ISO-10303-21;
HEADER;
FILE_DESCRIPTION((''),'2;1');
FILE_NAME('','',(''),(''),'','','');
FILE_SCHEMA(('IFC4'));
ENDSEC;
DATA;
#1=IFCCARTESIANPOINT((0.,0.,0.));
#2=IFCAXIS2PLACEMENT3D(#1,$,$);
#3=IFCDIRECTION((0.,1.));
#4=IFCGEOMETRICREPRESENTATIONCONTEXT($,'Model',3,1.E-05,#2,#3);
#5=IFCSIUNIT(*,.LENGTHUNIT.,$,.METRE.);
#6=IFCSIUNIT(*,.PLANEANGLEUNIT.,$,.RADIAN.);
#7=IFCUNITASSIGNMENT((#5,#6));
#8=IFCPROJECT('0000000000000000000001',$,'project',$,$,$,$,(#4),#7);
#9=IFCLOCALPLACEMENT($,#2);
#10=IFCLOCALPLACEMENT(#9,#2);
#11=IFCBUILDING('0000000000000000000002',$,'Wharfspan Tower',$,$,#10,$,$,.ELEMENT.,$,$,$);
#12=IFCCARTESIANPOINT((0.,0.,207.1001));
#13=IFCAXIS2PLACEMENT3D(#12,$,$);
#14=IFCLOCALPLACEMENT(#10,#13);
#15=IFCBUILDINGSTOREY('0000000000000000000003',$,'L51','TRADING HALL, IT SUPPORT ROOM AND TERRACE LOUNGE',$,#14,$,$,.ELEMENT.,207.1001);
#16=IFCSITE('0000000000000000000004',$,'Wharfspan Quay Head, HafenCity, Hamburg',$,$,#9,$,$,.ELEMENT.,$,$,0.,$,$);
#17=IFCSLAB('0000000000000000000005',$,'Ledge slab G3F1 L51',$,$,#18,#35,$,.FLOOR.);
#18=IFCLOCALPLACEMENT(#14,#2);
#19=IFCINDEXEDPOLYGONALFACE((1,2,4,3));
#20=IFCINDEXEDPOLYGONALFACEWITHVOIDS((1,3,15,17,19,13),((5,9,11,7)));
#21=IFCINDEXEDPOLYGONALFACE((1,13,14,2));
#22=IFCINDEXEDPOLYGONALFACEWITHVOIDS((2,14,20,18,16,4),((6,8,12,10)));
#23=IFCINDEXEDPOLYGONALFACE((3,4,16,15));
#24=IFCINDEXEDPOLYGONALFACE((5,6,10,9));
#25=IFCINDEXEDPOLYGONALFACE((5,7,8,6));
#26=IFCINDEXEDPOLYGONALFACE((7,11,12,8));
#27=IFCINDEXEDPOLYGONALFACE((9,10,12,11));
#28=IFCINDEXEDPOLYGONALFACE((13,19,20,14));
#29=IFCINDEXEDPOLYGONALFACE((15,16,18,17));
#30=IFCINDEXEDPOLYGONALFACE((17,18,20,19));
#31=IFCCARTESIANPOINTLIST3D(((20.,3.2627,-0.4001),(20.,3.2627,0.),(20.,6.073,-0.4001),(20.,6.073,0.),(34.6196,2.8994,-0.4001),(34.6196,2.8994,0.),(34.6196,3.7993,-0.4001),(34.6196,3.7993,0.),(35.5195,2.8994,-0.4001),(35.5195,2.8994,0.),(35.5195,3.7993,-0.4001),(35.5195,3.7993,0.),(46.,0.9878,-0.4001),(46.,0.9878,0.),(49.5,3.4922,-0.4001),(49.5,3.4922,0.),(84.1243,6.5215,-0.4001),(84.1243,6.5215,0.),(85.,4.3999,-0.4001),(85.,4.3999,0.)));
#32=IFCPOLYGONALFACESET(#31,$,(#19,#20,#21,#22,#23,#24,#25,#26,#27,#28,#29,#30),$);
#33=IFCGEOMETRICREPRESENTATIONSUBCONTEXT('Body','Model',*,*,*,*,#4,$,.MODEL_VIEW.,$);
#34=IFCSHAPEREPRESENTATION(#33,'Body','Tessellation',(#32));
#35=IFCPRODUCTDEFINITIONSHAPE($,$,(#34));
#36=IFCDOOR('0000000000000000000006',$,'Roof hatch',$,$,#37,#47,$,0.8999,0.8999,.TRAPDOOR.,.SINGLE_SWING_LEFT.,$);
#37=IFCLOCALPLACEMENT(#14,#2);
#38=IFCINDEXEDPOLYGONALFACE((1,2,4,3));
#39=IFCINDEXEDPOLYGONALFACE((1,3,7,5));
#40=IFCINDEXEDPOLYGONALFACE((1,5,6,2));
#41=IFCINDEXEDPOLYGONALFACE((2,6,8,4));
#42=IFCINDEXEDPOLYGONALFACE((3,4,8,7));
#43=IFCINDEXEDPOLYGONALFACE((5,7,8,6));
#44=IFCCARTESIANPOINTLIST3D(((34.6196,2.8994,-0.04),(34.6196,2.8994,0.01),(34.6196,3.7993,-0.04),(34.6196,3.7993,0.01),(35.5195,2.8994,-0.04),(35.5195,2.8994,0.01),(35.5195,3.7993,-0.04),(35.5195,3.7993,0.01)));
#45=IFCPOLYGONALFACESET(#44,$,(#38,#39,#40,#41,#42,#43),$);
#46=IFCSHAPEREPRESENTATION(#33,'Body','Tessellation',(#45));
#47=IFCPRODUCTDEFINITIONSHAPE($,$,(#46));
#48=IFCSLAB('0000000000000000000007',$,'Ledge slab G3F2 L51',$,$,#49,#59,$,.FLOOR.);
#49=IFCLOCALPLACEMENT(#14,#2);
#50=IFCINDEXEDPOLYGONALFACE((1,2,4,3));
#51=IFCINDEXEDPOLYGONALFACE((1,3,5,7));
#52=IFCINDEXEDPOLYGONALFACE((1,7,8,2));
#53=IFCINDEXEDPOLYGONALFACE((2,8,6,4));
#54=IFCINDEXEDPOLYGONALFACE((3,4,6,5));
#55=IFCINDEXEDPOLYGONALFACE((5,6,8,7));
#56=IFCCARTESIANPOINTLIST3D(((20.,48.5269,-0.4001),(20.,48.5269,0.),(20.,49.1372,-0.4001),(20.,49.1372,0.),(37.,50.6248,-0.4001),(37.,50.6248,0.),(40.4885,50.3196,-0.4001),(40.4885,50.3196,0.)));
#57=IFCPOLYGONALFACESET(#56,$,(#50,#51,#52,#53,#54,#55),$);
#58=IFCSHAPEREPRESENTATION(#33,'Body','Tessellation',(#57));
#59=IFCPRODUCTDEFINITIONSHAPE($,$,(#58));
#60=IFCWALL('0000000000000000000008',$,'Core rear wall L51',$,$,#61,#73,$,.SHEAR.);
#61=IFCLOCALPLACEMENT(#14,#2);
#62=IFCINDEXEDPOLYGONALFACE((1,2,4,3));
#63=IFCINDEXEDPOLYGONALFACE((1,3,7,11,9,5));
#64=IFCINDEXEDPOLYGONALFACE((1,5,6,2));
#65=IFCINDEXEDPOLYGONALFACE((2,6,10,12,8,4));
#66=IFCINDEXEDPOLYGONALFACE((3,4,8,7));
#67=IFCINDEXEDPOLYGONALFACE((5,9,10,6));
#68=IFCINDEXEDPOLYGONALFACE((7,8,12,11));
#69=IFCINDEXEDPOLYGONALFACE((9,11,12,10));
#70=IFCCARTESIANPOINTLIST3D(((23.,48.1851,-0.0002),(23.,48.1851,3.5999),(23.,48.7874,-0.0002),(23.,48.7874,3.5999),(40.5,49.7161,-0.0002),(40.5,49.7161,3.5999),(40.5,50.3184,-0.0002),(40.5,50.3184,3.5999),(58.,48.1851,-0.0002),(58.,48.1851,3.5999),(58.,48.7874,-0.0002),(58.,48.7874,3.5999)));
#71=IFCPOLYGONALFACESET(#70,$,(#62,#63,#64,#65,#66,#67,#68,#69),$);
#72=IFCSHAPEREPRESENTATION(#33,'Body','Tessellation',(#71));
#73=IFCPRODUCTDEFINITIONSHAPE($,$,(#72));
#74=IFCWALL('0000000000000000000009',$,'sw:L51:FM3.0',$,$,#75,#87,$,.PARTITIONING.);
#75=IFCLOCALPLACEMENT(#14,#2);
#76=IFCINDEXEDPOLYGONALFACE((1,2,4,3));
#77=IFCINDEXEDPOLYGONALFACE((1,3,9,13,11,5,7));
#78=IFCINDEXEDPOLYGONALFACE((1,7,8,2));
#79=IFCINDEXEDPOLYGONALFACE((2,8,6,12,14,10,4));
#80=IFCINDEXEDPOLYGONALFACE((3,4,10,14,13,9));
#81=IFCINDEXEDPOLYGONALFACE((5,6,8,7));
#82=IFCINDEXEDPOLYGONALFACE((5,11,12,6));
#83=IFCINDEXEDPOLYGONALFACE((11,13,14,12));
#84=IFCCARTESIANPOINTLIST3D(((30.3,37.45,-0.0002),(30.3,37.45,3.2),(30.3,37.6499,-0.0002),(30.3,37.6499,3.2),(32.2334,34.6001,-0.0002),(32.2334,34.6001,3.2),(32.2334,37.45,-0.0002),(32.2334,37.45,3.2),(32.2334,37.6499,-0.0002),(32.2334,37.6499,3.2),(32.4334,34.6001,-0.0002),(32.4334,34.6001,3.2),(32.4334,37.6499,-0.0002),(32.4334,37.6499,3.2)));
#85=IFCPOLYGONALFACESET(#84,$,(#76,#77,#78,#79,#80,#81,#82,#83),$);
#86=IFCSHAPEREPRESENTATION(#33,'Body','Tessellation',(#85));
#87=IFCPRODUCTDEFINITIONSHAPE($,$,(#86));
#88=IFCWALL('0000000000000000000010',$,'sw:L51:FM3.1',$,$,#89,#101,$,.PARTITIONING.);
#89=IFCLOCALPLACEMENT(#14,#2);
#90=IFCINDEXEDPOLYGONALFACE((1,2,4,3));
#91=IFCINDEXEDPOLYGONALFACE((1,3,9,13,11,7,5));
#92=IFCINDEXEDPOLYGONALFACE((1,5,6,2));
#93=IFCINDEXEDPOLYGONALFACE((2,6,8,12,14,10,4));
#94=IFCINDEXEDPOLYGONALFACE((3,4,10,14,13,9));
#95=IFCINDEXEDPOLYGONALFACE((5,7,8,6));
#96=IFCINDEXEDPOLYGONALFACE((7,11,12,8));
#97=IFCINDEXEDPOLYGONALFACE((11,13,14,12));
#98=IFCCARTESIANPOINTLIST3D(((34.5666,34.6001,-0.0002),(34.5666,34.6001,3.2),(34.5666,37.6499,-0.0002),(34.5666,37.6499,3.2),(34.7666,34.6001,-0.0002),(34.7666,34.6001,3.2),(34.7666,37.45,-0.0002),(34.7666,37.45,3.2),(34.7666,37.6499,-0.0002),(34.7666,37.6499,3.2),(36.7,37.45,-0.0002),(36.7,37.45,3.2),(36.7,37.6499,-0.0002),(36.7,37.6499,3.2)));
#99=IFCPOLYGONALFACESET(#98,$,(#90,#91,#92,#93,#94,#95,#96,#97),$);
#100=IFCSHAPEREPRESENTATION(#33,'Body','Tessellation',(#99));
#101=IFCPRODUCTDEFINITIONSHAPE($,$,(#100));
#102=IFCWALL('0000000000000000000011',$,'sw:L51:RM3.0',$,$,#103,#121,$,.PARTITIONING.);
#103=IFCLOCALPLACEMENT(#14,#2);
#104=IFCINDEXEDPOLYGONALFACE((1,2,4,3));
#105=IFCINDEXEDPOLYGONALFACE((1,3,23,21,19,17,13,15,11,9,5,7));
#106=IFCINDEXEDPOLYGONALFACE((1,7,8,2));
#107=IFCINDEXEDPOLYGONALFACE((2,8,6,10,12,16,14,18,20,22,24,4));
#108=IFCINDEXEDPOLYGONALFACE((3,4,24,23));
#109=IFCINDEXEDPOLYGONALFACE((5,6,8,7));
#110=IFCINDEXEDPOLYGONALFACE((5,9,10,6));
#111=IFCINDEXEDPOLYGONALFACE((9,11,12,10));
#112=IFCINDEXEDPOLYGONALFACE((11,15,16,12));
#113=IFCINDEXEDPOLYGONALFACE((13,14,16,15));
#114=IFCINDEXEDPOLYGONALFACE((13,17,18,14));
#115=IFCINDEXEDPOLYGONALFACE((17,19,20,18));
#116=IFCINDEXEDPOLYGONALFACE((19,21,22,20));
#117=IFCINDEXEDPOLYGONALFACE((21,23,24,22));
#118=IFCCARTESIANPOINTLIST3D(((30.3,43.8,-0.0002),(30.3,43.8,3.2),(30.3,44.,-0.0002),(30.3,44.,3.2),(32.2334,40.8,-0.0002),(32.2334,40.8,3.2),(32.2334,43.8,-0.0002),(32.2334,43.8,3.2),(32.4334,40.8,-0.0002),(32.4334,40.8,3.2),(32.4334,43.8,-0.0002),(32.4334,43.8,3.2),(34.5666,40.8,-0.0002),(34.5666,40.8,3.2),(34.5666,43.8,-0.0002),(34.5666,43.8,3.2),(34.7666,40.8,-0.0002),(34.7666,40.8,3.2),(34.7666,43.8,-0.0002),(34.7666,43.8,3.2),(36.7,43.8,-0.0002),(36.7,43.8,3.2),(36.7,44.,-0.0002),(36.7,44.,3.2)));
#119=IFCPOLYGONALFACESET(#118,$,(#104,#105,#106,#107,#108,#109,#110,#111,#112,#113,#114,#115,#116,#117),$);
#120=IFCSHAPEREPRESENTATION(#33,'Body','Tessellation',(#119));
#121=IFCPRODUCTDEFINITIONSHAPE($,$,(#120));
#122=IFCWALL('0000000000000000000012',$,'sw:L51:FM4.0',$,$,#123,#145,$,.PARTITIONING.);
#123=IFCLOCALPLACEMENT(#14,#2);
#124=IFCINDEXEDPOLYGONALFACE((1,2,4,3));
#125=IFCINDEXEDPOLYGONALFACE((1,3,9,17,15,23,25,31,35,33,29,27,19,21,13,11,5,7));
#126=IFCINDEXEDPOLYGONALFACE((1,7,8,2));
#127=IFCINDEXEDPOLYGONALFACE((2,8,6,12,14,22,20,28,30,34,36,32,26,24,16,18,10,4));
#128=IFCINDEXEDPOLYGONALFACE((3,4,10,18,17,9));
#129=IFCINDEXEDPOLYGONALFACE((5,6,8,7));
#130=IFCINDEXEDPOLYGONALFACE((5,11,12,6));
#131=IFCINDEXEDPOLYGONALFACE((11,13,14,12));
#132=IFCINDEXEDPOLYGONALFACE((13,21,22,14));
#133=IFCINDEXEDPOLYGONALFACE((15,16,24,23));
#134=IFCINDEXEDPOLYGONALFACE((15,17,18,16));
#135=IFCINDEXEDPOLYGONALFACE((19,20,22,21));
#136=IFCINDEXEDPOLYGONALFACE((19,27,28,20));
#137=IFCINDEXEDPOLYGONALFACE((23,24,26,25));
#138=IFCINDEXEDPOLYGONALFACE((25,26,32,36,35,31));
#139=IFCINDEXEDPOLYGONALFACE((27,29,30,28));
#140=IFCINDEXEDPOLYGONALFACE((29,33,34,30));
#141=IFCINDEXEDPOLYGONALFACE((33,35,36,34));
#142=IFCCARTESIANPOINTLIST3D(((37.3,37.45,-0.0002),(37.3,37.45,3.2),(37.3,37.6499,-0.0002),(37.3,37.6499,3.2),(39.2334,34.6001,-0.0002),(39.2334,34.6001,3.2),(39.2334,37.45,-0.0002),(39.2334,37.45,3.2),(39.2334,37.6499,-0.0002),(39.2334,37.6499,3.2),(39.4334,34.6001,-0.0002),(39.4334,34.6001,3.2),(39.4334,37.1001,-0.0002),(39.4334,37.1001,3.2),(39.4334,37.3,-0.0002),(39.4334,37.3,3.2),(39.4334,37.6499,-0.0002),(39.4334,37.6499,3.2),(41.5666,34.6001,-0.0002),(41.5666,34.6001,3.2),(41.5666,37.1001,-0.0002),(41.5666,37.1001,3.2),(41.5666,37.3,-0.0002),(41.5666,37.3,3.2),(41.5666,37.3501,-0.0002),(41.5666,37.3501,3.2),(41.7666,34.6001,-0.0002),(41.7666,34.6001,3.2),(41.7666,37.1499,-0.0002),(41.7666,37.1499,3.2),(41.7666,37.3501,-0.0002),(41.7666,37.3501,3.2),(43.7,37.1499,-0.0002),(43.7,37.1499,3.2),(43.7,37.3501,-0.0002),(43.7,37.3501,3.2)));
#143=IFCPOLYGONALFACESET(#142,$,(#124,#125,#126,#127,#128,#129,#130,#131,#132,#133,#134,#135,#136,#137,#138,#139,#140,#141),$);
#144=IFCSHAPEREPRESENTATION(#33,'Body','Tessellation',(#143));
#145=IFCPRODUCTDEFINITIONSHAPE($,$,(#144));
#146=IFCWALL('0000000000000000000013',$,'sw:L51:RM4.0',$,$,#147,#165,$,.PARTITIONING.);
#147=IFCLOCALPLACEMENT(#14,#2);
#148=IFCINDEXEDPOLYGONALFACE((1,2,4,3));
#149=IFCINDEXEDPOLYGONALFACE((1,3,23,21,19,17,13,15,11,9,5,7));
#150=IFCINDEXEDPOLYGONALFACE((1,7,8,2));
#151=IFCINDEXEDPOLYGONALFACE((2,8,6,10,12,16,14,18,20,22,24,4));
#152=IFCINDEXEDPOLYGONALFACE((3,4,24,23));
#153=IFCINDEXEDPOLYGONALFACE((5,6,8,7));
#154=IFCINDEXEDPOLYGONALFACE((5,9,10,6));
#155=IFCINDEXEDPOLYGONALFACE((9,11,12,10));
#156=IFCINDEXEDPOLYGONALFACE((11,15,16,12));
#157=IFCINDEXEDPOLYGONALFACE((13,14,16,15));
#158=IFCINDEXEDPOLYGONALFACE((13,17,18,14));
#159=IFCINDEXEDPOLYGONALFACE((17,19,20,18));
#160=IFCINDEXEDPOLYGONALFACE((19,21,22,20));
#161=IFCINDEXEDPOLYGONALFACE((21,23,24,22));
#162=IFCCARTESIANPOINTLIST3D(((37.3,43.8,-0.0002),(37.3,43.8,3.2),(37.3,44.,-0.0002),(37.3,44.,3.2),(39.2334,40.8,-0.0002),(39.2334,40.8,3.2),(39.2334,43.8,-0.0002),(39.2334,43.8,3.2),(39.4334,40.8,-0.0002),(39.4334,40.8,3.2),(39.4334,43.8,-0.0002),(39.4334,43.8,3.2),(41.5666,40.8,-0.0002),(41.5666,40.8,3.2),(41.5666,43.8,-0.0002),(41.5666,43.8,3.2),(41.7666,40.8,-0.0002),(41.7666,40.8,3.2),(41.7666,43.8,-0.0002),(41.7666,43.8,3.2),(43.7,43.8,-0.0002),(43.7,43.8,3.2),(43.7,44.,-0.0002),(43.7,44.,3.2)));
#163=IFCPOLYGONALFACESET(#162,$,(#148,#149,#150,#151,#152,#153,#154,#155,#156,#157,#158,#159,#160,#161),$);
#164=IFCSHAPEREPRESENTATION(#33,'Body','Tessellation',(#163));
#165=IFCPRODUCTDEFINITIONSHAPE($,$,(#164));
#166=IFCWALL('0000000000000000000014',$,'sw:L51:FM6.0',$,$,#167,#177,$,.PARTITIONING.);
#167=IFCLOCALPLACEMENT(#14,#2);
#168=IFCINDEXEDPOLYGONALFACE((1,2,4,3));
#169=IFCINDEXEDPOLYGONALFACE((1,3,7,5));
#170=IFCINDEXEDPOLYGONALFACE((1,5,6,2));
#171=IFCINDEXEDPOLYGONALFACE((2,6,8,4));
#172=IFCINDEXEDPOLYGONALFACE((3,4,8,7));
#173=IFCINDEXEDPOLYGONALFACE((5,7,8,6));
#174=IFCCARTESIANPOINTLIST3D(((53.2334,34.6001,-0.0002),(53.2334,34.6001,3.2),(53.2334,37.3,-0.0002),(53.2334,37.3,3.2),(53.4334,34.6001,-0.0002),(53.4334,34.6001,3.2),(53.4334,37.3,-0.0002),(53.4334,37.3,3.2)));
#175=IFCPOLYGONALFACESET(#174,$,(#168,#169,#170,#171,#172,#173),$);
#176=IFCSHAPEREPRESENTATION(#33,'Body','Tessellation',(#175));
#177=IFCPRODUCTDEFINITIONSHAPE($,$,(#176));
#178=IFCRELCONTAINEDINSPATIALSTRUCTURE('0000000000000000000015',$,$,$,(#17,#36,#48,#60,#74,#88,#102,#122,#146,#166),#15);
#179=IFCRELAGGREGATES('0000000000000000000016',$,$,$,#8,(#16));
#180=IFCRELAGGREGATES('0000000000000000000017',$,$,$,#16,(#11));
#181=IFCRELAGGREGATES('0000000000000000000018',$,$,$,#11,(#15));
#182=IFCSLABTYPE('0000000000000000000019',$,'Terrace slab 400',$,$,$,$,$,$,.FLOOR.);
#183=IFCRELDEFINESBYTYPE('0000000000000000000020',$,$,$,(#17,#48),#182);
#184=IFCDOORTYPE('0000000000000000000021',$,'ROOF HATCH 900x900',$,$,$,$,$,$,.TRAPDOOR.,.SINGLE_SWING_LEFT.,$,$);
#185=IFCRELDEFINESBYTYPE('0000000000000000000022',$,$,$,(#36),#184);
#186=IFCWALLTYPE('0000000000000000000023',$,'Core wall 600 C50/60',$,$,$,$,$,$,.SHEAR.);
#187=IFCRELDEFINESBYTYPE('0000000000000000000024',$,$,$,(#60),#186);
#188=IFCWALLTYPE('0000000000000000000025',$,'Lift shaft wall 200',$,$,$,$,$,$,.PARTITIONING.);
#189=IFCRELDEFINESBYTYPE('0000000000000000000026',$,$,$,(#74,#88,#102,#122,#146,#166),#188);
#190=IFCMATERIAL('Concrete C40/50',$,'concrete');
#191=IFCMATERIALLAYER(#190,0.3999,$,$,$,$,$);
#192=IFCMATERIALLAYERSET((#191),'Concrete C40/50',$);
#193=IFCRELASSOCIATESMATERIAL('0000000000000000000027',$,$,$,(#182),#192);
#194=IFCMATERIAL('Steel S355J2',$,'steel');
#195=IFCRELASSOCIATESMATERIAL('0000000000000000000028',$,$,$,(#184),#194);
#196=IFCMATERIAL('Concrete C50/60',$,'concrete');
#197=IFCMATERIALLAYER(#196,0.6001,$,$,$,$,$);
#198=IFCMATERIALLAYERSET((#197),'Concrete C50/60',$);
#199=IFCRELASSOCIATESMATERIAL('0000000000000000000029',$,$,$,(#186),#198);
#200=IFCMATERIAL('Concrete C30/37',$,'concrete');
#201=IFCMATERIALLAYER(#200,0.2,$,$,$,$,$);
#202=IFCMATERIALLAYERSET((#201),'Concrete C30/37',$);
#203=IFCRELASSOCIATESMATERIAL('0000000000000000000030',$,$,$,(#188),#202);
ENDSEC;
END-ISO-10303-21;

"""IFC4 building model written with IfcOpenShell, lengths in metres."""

from ifc_helpers import new_model, si_unit, direction, frame, origin, origin_2d, place, context, subcontext, project, spatial, polyline, rectangle, outline, extrude, material, layer, layer_set, type_object, element, fill, save


model = new_model("IFC4")

# Units and contexts
model_context = context("Model", 3, precision=1e-05, world=origin(), true_north=direction((0.0, 1.0)))
body_context = subcontext(model_context, "Body", "Model", "MODEL_VIEW")
ifc_project = project(units=[si_unit("LENGTHUNIT", "METRE"), si_unit("PLANEANGLEUNIT", "RADIAN")], contexts=[model_context])

# Site, building, storey
site_placement = place(None, origin())
site = spatial("IfcSite", under=ifc_project, at=site_placement, Name="Wharfspan Quay Head, HafenCity, Hamburg", CompositionType="ELEMENT", RefElevation=0.0)
building_placement = place(site_placement, origin())
building = spatial("IfcBuilding", under=site, at=building_placement, Name="Wharfspan Tower", CompositionType="ELEMENT")
storey_placement = place(building_placement, frame((0.0, 0.0, 207.1001)))
storey = spatial("IfcBuildingStorey", under=building, at=storey_placement, Name="L51", Description="TRADING HALL, IT SUPPORT ROOM AND TERRACE LOUNGE", CompositionType="ELEMENT", Elevation=207.1001)

# Shared definitions
ifc_material_1 = material(Name="Concrete C40/50", Category="concrete")

# Shared definitions
ifc_layer_1 = layer(ifc_material_1, 0.3999)
ifc_layer_set_1 = layer_set([ifc_layer_1], Name="Concrete C40/50")
slab_type_1 = type_object("IfcSlabType", Name="Terrace slab 400", PredefinedType="FLOOR", material=ifc_layer_set_1)

# Slab, opening, door
slab_1_placement = place(storey_placement, frame((0.0, 0.0, -0.4001)))
slab_1 = element("IfcSlab", 1, at=slab_1_placement, inside=storey, type_object=slab_type_1, Name="Ledge slab G3F1 L51", PredefinedType="FLOOR", context=body_context, shape_type="SweptSolid", body=[
    extrude(outline(polyline([(46.0, 0.9878), (85.0, 4.3999), (84.1243, 6.5215), (49.5, 3.4922), (20.0, 6.073), (20.0, 3.2627), (46.0, 0.9878)])), origin(), (0.0, 0.0, 1.0), 0.4001),
])
opening_placement = place(slab_1_placement, frame((35.0696, 3.3494, 0.0)))
opening = element("IfcOpeningElement", 2, at=opening_placement, cuts=slab_1, PredefinedType="OPENING", context=body_context, shape_type="SweptSolid", body=[
    extrude(rectangle(XDim=0.8999, YDim=0.8999, at=origin_2d()), frame((0.0, 0.0, -0.01)), (0.0, 0.0, 1.0), 0.4202),
])
ifc_material_2 = material(Name="Steel S355J2", Category="steel")
door_type = type_object("IfcDoorType", Name="ROOF HATCH 900x900", OperationType="SINGLE_SWING_LEFT", PredefinedType="TRAPDOOR", material=ifc_material_2)
door_placement = place(opening_placement, frame((0.0, 0.0, 0.3601)))
door = element("IfcDoor", 3, at=door_placement, inside=storey, type_object=door_type, Name="Roof hatch", OperationType="SINGLE_SWING_LEFT", OverallHeight=0.8999, OverallWidth=0.8999, PredefinedType="TRAPDOOR", context=body_context, shape_type="SweptSolid", body=[
    extrude(rectangle(XDim=0.8999, YDim=0.8999, at=origin_2d()), origin(), (0.0, 0.0, 1.0), 0.05),
])
fill(opening, door)

# Slab
slab_2_placement = place(storey_placement, frame((0.0, 0.0, -0.4001)))
element("IfcSlab", 4, at=slab_2_placement, inside=storey, type_object=slab_type_1, Name="Ledge slab G3F2 L51", PredefinedType="FLOOR", context=body_context, shape_type="SweptSolid", body=[
    extrude(outline(polyline([(20.0, 48.5269), (40.4885, 50.3196), (37.0, 50.6248), (20.0, 49.1372), (20.0, 48.5269)])), origin(), (0.0, 0.0, 1.0), 0.4001),
])

# Walls
ifc_material_3 = material(Name="Concrete C50/60", Category="concrete")
ifc_layer_2 = layer(ifc_material_3, 0.6001)
ifc_layer_set_2 = layer_set([ifc_layer_2], Name="Concrete C50/60")
wall_type_1 = type_object("IfcWallType", Name="Core wall 600 C50/60", PredefinedType="SHEAR", material=ifc_layer_set_2)
wall_1_placement = place(storey_placement, frame((0.0, 0.0, -0.0002)))
element("IfcWall", 5, at=wall_1_placement, inside=storey, type_object=wall_type_1, Name="Core rear wall L51", PredefinedType="SHEAR", context=body_context, shape_type="SweptSolid", body=[
    extrude(outline(polyline([(23.0, 48.1851), (40.5, 49.7161), (58.0, 48.1851), (58.0, 48.7874), (40.5, 50.3184), (23.0, 48.7874), (23.0, 48.1851)])), origin(), (0.0, 0.0, 1.0), 3.6001),
])
ifc_material_4 = material(Name="Concrete C30/37", Category="concrete")
ifc_layer_3 = layer(ifc_material_4, 0.2)
ifc_layer_set_3 = layer_set([ifc_layer_3], Name="Concrete C30/37")
wall_type_2 = type_object("IfcWallType", Name="Lift shaft wall 200", PredefinedType="PARTITIONING", material=ifc_layer_set_3)
wall_2_placement = place(storey_placement, frame((0.0, 0.0, -0.0002)))
element("IfcWall", 6, at=wall_2_placement, inside=storey, type_object=wall_type_2, Name="sw:L51:FM3.0", PredefinedType="PARTITIONING", context=body_context, shape_type="SweptSolid", body=[
    extrude(outline(polyline([(32.2334, 37.45), (30.3, 37.45), (30.3, 37.6499), (32.2334, 37.6499), (32.4333, 37.6499), (32.4333, 34.6001), (32.2334, 34.6001), (32.2334, 37.45)])), origin(), (0.0, 0.0, 1.0), 3.2002),
])
wall_3_placement = place(storey_placement, frame((0.0, 0.0, -0.0002)))
element("IfcWall", 7, at=wall_3_placement, inside=storey, type_object=wall_type_2, Name="sw:L51:FM3.1", PredefinedType="PARTITIONING", context=body_context, shape_type="SweptSolid", body=[
    extrude(outline(polyline([(34.5667, 37.6499), (34.7666, 37.6499), (36.7, 37.6499), (36.7, 37.45), (34.7666, 37.45), (34.7666, 34.6001), (34.5667, 34.6001), (34.5667, 37.6499)])), origin(), (0.0, 0.0, 1.0), 3.2002),
])
wall_4_placement = place(storey_placement, frame((0.0, 0.0, -0.0002)))
element("IfcWall", 8, at=wall_4_placement, inside=storey, type_object=wall_type_2, Name="sw:L51:RM3.0", PredefinedType="PARTITIONING", context=body_context, shape_type="SweptSolid", body=[
    extrude(outline(polyline([(32.4333, 40.8), (32.2334, 40.8), (32.2334, 43.8), (30.3, 43.8), (30.3, 44.0), (36.7, 44.0), (36.7, 43.8), (34.7666, 43.8), (34.7666, 40.8), (34.5667, 40.8), (34.5667, 43.8), (32.4333, 43.8), (32.4333, 40.8)])), origin(), (0.0, 0.0, 1.0), 3.2002),
])
wall_5_placement = place(storey_placement, frame((0.0, 0.0, -0.0002)))
element("IfcWall", 9, at=wall_5_placement, inside=storey, type_object=wall_type_2, Name="sw:L51:FM4.0", PredefinedType="PARTITIONING", context=body_context, shape_type="SweptSolid", body=[
    extrude(outline(polyline([(41.5667, 37.1001), (39.4333, 37.1001), (39.4333, 34.6001), (39.2334, 34.6001), (39.2334, 37.45), (37.3, 37.45), (37.3, 37.6499), (39.2334, 37.6499), (39.4333, 37.6499), (39.4333, 37.3), (41.5667, 37.3), (41.5667, 37.3501), (41.7666, 37.3501), (43.7, 37.3501), (43.7, 37.1499), (41.7666, 37.1499), (41.7666, 34.6001), (41.5667, 34.6001), (41.5667, 37.1001)])), origin(), (0.0, 0.0, 1.0), 3.2002),
])
wall_6_placement = place(storey_placement, frame((0.0, 0.0, -0.0002)))
element("IfcWall", 10, at=wall_6_placement, inside=storey, type_object=wall_type_2, Name="sw:L51:RM4.0", PredefinedType="PARTITIONING", context=body_context, shape_type="SweptSolid", body=[
    extrude(outline(polyline([(39.4333, 40.8), (39.2334, 40.8), (39.2334, 43.8), (37.3, 43.8), (37.3, 44.0), (43.7, 44.0), (43.7, 43.8), (41.7666, 43.8), (41.7666, 40.8), (41.5667, 40.8), (41.5667, 43.8), (39.4333, 43.8), (39.4333, 40.8)])), origin(), (0.0, 0.0, 1.0), 3.2002),
])
wall_7_placement = place(storey_placement, frame((0.0, 0.0, -0.0002)))
element("IfcWall", 11, at=wall_7_placement, inside=storey, type_object=wall_type_2, Name="sw:L51:FM6.0", PredefinedType="PARTITIONING", context=body_context, shape_type="SweptSolid", body=[
    extrude(outline(polyline([(53.2334, 34.6001), (53.2334, 37.3), (53.4333, 37.3), (53.4333, 34.6001), (53.2334, 34.6001)])), origin(), (0.0, 0.0, 1.0), 3.2002),
])

save(model, "model.ifc")
